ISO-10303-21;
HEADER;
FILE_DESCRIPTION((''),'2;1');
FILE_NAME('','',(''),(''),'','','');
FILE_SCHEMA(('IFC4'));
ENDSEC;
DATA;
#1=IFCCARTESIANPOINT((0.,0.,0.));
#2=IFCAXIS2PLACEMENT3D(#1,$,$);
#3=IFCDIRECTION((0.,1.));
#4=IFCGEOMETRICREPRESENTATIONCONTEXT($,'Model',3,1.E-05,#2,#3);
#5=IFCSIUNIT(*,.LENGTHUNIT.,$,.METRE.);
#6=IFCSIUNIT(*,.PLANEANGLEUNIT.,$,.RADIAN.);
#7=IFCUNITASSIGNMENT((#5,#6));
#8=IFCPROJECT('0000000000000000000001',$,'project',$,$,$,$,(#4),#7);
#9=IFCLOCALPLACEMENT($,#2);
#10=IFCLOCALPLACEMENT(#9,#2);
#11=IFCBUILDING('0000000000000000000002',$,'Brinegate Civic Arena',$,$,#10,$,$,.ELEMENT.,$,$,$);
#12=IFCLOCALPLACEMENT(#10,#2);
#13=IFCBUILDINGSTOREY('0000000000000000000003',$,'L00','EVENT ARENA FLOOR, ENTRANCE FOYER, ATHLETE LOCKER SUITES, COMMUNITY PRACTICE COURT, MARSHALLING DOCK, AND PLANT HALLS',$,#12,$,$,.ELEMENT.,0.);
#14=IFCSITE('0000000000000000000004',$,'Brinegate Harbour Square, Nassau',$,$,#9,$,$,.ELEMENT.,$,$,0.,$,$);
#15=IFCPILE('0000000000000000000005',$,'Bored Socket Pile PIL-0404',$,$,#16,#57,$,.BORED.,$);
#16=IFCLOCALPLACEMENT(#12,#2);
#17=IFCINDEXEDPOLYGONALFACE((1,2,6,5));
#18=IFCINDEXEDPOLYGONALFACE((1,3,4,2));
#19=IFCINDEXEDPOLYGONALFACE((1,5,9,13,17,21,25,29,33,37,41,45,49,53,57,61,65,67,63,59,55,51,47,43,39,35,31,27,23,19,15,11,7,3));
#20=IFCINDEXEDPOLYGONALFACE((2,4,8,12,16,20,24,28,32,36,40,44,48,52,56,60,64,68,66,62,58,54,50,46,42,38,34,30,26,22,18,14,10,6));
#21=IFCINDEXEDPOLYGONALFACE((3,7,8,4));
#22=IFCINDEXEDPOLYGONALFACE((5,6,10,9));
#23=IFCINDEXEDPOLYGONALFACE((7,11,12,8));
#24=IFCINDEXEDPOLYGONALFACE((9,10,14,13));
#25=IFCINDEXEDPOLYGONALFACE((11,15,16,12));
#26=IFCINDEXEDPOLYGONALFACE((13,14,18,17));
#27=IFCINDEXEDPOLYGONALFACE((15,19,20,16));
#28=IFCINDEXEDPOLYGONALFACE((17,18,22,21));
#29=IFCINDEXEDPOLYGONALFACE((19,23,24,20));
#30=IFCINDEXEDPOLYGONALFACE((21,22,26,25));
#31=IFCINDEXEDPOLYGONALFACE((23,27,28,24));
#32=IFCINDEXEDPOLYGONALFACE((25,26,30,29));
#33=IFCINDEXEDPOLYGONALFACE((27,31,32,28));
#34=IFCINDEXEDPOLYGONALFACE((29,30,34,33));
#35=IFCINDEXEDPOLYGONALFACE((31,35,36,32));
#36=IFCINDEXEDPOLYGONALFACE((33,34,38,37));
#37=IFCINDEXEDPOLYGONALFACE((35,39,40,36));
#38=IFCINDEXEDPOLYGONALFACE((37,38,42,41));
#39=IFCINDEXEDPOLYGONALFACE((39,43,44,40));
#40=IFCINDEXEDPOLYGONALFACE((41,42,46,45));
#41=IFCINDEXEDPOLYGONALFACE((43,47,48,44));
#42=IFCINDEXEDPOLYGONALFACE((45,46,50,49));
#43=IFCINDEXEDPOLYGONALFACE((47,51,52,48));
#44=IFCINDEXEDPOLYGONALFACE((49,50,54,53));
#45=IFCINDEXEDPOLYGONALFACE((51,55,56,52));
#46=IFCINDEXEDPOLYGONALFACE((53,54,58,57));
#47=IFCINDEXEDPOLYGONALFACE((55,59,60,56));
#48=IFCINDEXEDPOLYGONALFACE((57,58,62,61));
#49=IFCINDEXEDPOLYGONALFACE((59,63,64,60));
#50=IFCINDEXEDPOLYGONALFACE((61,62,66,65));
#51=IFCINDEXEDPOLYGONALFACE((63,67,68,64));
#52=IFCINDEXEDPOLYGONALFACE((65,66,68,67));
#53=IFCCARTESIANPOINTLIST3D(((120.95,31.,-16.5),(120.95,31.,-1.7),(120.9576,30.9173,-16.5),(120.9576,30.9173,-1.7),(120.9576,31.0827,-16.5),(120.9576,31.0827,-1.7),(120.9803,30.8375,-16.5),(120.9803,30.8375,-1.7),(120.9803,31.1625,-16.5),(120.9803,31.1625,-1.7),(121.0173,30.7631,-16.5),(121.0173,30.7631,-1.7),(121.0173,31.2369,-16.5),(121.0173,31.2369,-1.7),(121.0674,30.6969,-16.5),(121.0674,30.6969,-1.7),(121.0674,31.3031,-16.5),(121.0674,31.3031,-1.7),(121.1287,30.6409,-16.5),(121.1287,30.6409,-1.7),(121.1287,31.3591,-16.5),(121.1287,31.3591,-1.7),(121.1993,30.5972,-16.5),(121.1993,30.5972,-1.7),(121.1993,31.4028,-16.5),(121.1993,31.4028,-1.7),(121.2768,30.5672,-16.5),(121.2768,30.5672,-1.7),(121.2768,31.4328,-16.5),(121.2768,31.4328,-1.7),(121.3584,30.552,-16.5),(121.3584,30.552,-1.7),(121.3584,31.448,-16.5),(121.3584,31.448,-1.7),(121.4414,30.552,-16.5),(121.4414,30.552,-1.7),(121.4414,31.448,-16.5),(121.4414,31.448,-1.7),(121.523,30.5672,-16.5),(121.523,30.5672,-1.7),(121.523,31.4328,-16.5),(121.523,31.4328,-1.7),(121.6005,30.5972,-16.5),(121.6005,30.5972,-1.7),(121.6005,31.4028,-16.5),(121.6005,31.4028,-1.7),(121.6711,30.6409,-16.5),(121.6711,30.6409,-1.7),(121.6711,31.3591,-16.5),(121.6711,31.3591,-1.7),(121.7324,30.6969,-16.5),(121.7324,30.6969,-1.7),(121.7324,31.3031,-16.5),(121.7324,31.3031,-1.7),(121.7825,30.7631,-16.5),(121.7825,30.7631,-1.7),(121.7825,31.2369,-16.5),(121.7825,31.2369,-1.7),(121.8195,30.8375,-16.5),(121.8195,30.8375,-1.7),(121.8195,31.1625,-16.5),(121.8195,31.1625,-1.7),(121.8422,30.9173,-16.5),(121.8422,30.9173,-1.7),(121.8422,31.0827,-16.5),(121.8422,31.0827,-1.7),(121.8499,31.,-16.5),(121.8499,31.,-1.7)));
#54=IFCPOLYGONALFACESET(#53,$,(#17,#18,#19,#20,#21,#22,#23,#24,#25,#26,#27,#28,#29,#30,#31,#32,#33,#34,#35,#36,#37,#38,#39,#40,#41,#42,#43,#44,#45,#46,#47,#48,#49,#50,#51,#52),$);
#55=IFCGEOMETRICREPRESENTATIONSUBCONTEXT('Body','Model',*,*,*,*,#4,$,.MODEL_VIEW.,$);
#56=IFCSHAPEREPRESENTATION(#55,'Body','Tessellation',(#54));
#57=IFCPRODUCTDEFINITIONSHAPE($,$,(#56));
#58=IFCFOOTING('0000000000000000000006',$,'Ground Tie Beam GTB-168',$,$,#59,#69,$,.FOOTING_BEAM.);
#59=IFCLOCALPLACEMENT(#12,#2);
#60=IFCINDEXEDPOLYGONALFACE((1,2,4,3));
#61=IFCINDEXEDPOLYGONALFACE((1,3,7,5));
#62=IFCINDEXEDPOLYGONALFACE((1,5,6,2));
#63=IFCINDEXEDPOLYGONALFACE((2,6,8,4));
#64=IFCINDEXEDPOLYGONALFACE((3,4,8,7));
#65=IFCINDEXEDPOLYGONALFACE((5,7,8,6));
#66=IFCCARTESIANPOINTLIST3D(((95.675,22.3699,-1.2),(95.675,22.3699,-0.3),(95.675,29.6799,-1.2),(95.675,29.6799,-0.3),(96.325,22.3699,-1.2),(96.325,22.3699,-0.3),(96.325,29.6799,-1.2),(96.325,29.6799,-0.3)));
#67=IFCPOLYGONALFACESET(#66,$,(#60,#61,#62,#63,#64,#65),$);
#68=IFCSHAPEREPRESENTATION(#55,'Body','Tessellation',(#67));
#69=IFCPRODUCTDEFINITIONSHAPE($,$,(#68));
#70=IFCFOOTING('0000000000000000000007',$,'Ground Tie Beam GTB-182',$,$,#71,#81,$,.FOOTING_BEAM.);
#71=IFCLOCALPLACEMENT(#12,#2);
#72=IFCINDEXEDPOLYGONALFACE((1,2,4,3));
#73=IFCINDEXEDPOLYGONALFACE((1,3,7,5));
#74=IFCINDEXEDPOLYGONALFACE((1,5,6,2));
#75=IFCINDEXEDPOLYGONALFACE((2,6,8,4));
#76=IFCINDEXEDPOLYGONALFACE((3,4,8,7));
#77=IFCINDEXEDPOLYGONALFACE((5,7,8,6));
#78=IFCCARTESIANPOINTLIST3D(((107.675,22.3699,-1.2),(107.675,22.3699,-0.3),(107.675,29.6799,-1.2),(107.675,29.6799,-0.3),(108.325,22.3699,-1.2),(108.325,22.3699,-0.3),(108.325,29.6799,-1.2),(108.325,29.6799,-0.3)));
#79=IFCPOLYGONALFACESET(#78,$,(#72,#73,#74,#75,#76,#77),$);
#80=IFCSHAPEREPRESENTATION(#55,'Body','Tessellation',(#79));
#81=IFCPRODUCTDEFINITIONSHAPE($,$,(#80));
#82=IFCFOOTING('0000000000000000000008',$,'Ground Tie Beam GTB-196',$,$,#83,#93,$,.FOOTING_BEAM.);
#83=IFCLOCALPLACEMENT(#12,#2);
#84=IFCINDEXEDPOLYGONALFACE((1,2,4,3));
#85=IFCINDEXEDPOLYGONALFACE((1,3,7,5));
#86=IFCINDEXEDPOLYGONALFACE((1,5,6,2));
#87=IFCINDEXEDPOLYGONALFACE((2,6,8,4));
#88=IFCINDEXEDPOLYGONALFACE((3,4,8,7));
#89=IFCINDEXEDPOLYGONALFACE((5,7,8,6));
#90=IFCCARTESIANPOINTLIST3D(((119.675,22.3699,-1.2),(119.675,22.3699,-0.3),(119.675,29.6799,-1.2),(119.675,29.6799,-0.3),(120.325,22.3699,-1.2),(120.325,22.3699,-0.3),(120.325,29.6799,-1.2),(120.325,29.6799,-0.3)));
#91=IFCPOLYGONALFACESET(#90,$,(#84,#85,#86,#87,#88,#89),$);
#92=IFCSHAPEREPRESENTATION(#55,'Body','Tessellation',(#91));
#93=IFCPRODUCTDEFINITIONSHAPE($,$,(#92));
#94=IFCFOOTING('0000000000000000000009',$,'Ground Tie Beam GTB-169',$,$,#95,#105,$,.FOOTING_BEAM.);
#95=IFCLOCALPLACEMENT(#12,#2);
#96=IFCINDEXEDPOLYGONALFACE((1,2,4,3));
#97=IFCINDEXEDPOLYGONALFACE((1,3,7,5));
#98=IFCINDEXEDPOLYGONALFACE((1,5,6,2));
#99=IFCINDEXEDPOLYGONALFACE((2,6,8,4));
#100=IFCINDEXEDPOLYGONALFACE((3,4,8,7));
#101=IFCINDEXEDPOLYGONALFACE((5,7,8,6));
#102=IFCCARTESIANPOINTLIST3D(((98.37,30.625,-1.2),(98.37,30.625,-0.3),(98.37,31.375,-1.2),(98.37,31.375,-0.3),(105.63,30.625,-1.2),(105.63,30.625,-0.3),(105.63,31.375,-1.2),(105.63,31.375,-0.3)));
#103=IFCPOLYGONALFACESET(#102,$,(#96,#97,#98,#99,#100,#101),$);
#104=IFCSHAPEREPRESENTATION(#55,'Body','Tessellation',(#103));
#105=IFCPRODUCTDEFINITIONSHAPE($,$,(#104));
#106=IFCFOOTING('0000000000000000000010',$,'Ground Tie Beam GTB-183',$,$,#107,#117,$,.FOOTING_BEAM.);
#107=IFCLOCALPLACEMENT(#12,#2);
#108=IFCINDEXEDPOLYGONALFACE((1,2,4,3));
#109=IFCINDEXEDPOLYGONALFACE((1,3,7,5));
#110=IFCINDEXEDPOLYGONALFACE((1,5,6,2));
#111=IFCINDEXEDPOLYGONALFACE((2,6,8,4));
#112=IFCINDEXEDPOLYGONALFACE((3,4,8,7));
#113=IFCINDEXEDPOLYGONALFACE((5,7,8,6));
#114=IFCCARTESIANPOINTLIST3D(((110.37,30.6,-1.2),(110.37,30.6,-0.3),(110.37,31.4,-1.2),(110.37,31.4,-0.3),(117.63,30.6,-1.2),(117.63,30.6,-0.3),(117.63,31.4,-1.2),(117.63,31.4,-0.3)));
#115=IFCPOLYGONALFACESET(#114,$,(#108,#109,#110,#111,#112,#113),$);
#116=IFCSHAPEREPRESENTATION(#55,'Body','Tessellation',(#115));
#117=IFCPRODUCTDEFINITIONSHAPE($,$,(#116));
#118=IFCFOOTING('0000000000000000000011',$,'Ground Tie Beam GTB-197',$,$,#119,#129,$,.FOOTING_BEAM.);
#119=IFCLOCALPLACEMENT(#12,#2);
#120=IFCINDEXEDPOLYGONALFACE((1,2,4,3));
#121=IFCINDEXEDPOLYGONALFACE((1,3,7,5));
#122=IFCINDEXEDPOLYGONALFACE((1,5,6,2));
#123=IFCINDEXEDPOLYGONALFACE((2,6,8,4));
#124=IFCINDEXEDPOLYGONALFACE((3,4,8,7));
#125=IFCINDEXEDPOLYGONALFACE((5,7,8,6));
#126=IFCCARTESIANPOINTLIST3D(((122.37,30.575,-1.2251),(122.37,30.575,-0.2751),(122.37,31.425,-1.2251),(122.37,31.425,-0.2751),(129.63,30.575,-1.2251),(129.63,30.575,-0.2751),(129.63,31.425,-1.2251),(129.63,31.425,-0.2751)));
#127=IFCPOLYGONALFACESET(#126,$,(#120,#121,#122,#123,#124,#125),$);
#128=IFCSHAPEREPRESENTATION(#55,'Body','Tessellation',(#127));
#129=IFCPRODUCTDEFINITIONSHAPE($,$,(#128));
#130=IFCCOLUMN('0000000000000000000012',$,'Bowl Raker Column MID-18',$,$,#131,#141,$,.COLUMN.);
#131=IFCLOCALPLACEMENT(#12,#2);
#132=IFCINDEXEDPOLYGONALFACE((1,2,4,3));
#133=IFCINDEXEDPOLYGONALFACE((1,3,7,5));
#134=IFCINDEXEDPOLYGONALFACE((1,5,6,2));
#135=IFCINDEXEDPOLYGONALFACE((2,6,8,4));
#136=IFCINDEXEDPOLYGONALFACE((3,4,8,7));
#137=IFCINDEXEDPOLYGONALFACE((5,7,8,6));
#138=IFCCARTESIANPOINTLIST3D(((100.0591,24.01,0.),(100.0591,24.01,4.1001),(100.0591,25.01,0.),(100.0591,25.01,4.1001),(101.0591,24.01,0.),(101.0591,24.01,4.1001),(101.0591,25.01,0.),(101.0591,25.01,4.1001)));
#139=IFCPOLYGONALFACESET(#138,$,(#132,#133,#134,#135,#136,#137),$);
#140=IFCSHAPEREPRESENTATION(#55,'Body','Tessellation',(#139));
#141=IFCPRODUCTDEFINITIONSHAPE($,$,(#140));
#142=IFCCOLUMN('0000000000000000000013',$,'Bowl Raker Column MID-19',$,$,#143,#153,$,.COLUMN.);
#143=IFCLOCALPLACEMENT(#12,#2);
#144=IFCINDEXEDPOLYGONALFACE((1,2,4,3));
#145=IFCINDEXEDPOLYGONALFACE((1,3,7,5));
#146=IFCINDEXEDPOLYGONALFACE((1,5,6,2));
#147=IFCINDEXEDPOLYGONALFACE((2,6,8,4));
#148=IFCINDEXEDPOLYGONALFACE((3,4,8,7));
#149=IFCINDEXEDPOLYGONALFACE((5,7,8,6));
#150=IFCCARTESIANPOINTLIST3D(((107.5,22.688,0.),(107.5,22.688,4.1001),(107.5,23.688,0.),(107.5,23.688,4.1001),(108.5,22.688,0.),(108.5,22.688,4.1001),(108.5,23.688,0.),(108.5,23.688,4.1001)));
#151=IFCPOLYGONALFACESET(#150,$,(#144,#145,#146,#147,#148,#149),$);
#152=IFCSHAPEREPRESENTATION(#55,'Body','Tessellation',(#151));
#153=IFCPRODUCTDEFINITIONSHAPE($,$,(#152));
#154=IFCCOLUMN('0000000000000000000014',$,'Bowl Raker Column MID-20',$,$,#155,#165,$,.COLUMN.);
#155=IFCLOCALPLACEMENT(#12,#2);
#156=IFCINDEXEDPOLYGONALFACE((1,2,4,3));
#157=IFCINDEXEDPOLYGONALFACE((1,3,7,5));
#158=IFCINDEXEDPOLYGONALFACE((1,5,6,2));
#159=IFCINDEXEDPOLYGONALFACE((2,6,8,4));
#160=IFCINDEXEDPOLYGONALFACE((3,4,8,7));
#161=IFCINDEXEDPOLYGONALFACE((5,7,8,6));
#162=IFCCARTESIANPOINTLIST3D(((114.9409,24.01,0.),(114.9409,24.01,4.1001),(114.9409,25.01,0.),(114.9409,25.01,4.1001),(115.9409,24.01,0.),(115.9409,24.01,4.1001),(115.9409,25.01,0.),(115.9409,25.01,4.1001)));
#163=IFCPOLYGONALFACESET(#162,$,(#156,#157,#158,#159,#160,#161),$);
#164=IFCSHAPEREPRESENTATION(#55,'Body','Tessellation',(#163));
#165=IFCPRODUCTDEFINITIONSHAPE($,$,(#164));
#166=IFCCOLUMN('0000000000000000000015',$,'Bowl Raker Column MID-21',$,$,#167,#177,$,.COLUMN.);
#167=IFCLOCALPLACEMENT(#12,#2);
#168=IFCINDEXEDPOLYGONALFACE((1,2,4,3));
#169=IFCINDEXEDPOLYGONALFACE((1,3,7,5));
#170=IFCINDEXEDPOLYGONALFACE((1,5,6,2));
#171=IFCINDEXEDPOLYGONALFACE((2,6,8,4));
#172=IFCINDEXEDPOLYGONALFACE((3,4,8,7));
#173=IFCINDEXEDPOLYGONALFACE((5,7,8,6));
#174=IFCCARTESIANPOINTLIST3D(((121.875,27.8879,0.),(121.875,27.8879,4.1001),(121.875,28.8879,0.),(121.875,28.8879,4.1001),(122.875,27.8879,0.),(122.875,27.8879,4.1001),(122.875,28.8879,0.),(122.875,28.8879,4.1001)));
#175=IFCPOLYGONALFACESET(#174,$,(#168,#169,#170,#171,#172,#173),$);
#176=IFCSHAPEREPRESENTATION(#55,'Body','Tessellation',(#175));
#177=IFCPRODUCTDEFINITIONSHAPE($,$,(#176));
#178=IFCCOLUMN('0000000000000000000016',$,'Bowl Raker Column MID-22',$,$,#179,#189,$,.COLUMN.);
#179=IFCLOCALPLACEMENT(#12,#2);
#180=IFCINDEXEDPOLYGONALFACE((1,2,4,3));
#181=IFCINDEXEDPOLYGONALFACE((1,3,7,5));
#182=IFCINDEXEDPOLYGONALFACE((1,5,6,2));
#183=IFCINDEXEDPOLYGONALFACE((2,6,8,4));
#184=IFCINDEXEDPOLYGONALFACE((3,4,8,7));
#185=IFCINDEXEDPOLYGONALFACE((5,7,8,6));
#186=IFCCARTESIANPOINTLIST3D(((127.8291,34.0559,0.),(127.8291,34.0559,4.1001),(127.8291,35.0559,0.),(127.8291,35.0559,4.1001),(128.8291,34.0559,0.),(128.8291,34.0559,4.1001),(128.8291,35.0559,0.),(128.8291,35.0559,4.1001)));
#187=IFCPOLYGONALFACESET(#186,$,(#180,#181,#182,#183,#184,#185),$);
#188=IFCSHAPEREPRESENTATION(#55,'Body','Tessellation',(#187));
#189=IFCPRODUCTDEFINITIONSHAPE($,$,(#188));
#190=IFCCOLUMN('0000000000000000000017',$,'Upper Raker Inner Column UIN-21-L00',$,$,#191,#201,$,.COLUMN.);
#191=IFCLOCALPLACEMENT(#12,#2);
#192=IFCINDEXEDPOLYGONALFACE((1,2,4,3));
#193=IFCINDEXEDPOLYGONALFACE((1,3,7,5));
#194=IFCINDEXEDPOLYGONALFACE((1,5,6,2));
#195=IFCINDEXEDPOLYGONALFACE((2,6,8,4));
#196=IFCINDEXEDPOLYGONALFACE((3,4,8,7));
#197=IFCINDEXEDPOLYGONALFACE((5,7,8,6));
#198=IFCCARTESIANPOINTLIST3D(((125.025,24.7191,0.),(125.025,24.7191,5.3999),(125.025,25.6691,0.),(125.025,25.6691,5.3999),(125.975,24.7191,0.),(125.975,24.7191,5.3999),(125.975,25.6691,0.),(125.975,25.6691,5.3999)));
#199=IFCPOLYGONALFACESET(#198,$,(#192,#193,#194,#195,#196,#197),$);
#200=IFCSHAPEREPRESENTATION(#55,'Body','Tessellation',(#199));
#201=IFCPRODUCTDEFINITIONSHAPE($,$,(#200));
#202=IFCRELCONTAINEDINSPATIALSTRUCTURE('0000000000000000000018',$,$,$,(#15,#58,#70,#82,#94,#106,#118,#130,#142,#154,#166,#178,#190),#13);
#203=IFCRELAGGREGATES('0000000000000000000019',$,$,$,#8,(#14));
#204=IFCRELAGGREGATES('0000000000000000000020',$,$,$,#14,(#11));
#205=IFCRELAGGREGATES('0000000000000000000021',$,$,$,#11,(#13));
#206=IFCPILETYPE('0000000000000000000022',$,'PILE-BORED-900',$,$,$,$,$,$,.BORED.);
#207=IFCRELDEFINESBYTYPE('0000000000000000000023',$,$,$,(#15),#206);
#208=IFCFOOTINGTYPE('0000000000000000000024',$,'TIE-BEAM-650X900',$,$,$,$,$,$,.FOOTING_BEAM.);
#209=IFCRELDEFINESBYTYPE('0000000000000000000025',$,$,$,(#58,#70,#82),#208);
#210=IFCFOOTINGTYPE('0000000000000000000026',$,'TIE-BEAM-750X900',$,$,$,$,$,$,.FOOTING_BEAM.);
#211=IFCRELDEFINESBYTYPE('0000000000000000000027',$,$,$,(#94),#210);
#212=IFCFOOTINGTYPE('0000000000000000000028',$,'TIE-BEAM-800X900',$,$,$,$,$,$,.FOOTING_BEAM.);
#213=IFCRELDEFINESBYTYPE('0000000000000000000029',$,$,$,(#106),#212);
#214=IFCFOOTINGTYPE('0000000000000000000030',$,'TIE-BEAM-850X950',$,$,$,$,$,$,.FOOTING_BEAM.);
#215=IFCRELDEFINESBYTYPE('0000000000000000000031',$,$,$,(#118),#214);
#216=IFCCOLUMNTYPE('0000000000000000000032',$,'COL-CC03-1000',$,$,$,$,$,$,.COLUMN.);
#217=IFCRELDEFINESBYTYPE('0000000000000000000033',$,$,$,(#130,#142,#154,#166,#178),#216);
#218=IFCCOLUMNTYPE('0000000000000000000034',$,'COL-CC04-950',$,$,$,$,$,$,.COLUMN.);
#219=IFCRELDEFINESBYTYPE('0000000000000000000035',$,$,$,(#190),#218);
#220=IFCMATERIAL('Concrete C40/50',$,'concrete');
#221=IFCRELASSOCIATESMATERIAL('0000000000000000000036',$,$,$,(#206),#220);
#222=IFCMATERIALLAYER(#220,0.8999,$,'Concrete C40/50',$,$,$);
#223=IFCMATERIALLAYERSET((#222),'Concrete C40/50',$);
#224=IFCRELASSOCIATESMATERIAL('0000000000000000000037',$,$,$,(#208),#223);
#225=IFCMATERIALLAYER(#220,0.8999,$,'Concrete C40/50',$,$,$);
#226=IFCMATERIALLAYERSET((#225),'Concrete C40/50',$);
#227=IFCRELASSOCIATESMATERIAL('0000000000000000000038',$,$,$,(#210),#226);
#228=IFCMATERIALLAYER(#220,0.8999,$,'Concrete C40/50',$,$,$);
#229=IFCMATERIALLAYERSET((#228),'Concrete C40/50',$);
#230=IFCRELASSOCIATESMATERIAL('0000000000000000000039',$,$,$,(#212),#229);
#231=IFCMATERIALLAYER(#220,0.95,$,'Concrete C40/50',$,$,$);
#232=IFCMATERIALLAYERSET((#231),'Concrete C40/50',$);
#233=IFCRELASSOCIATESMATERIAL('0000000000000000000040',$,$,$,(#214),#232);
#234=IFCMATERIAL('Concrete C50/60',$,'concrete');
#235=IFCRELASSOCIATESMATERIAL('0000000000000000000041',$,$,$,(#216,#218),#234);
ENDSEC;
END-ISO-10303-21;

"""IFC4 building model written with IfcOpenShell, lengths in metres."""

from ifc_helpers import new_model, si_unit, direction, frame, origin, origin_2d, place, context, subcontext, project, spatial, rectangle, circle, extrude, material, layer, layer_set, material_profile, profile_set, type_object, element, save


model = new_model("IFC4")

# Units and contexts
model_context = context("Model", 3, precision=1e-05, world=origin(), true_north=direction((0.0, 1.0)))
body_context = subcontext(model_context, "Body", "Model", "MODEL_VIEW")
ifc_project = project(units=[si_unit("LENGTHUNIT", "METRE"), si_unit("PLANEANGLEUNIT", "RADIAN")], contexts=[model_context])

# Site, building, storey
site_placement = place(None, origin())
site = spatial("IfcSite", under=ifc_project, at=site_placement, Name="Brinegate Harbour Square, Nassau", CompositionType="ELEMENT", RefElevation=0.0)
building_placement = place(site_placement, origin())
building = spatial("IfcBuilding", under=site, at=building_placement, Name="Brinegate Civic Arena", CompositionType="ELEMENT")
storey_placement = place(building_placement, origin())
storey = spatial("IfcBuildingStorey", under=building, at=storey_placement, Name="L00", Description="EVENT ARENA FLOOR, ENTRANCE FOYER, ATHLETE LOCKER SUITES, COMMUNITY PRACTICE COURT, MARSHALLING DOCK, AND PLANT HALLS", CompositionType="ELEMENT", Elevation=0.0)

# Shared definitions
ifc_material_1 = material(Name="Concrete C40/50", Category="concrete")

# Pile
ifc_material_profile_1 = material_profile(ifc_material_1, circle(Radius=0.45, at=origin_2d()), Name="PILED900")
ifc_profile_set_1 = profile_set([ifc_material_profile_1], Name="Concrete C40/50")
pile_type_1 = type_object("IfcPileType", Name="PILE-BORED-900", PredefinedType="BORED", material=ifc_profile_set_1)
for number, where, z_axis, x_axis, name in (
    (1, (121.3999, 31.0, -1.7), (0.0, 0.0, -1.0), (1.0, 0.0, 0.0), "Bored Socket Pile PIL-0404"),
):
    element("IfcPile", number, at=place(storey_placement, frame(where, z_axis=z_axis, x_axis=x_axis)), inside=storey, type_object=pile_type_1, Name=name, PredefinedType="BORED", context=body_context, shape_type="SweptSolid", body=[
        extrude(circle(Radius=0.45, at=origin_2d()), origin(), (0.0, 0.0, 1.0), 14.8),
    ])

# Footings
ifc_layer_1 = layer(ifc_material_1, 0.8999, Name="Concrete C40/50")
ifc_layer_set_1 = layer_set([ifc_layer_1], Name="Concrete C40/50")
footing_type_1 = type_object("IfcFootingType", Name="TIE-BEAM-650X900", PredefinedType="FOOTING_BEAM", material=ifc_layer_set_1)
for number, where, z_axis, x_axis, name in (
    (2, (96.0, 26.0249, -1.2), (0.0, 0.0, 1.0), (0.0, 1.0, 0.0), "Ground Tie Beam GTB-168"),
    (3, (108.0, 26.0249, -1.2), (0.0, 0.0, 1.0), (0.0, 1.0, 0.0), "Ground Tie Beam GTB-182"),
    (4, (120.0, 26.0249, -1.2), (0.0, 0.0, 1.0), (0.0, 1.0, 0.0), "Ground Tie Beam GTB-196"),
):
    element("IfcFooting", number, at=place(storey_placement, frame(where, z_axis=z_axis, x_axis=x_axis)), inside=storey, type_object=footing_type_1, Name=name, PredefinedType="FOOTING_BEAM", context=body_context, shape_type="SweptSolid", body=[
        extrude(rectangle(XDim=7.3101, YDim=0.6499, at=origin_2d()), origin(), (0.0, 0.0, 1.0), 0.8999),
    ])
ifc_layer_2 = layer(ifc_material_1, 0.8999, Name="Concrete C40/50")
ifc_layer_set_2 = layer_set([ifc_layer_2], Name="Concrete C40/50")
footing_type_2 = type_object("IfcFootingType", Name="TIE-BEAM-750X900", PredefinedType="FOOTING_BEAM", material=ifc_layer_set_2)
footing_1_placement = place(storey_placement, frame((102.0, 31.0, -1.2), z_axis=(0.0, 0.0, 1.0), x_axis=(1.0, 0.0, 0.0)))
element("IfcFooting", 5, at=footing_1_placement, inside=storey, type_object=footing_type_2, Name="Ground Tie Beam GTB-169", PredefinedType="FOOTING_BEAM", context=body_context, shape_type="SweptSolid", body=[
    extrude(rectangle(XDim=7.26, YDim=0.75, at=origin_2d()), origin(), (0.0, 0.0, 1.0), 0.8999),
])
ifc_layer_3 = layer(ifc_material_1, 0.8999, Name="Concrete C40/50")
ifc_layer_set_3 = layer_set([ifc_layer_3], Name="Concrete C40/50")
footing_type_3 = type_object("IfcFootingType", Name="TIE-BEAM-800X900", PredefinedType="FOOTING_BEAM", material=ifc_layer_set_3)
footing_2_placement = place(storey_placement, frame((114.0, 31.0, -1.2), z_axis=(0.0, 0.0, 1.0), x_axis=(1.0, 0.0, 0.0)))
element("IfcFooting", 6, at=footing_2_placement, inside=storey, type_object=footing_type_3, Name="Ground Tie Beam GTB-183", PredefinedType="FOOTING_BEAM", context=body_context, shape_type="SweptSolid", body=[
    extrude(rectangle(XDim=7.26, YDim=0.8, at=origin_2d()), origin(), (0.0, 0.0, 1.0), 0.8999),
])
ifc_layer_4 = layer(ifc_material_1, 0.95, Name="Concrete C40/50")
ifc_layer_set_4 = layer_set([ifc_layer_4], Name="Concrete C40/50")
footing_type_4 = type_object("IfcFootingType", Name="TIE-BEAM-850X950", PredefinedType="FOOTING_BEAM", material=ifc_layer_set_4)
footing_3_placement = place(storey_placement, frame((126.0, 31.0, -1.2251), z_axis=(0.0, 0.0, 1.0), x_axis=(1.0, 0.0, 0.0)))
element("IfcFooting", 7, at=footing_3_placement, inside=storey, type_object=footing_type_4, Name="Ground Tie Beam GTB-197", PredefinedType="FOOTING_BEAM", context=body_context, shape_type="SweptSolid", body=[
    extrude(rectangle(XDim=7.26, YDim=0.8501, at=origin_2d()), origin(), (0.0, 0.0, 1.0), 0.95),
])

# Columns
ifc_material_2 = material(Name="Concrete C50/60", Category="concrete")
ifc_material_profile_2 = material_profile(ifc_material_2, rectangle(XDim=1.0, YDim=1.0, at=origin_2d()), Name="RC1000X1000")
ifc_profile_set_2 = profile_set([ifc_material_profile_2], Name="Concrete C50/60")
column_type_1 = type_object("IfcColumnType", Name="COL-CC03-1000", PredefinedType="COLUMN", material=ifc_profile_set_2)
for number, where, z_axis, x_axis, name in (
    (8, (100.5591, 24.51, 0.0), (0.0, 0.0, 1.0), (1.0, 0.0, 0.0), "Bowl Raker Column MID-18"),
    (9, (108.0, 23.188, 0.0), (0.0, 0.0, 1.0), (1.0, 0.0, 0.0), "Bowl Raker Column MID-19"),
    (10, (115.4409, 24.51, 0.0), (0.0, 0.0, 1.0), (1.0, 0.0, 0.0), "Bowl Raker Column MID-20"),
    (11, (122.375, 28.3879, 0.0), (0.0, 0.0, 1.0), (1.0, 0.0, 0.0), "Bowl Raker Column MID-21"),
    (12, (128.3291, 34.5559, 0.0), (0.0, 0.0, 1.0), (1.0, 0.0, 0.0), "Bowl Raker Column MID-22"),
):
    element("IfcColumn", number, at=place(storey_placement, frame(where, z_axis=z_axis, x_axis=x_axis)), inside=storey, type_object=column_type_1, Name=name, PredefinedType="COLUMN", context=body_context, shape_type="SweptSolid", body=[
        extrude(rectangle(XDim=1.0, YDim=1.0, at=origin_2d()), origin(), (0.0, 0.0, 1.0), 4.1001),
    ])
ifc_material_profile_3 = material_profile(ifc_material_2, rectangle(XDim=0.95, YDim=0.95, at=origin_2d()), Name="RC950X950")
ifc_profile_set_3 = profile_set([ifc_material_profile_3], Name="Concrete C50/60")
column_type_2 = type_object("IfcColumnType", Name="COL-CC04-950", PredefinedType="COLUMN", material=ifc_profile_set_3)
column_placement = place(storey_placement, frame((125.5, 25.1941, 0.0), z_axis=(0.0, 0.0, 1.0), x_axis=(1.0, 0.0, 0.0)))
element("IfcColumn", 13, at=column_placement, inside=storey, type_object=column_type_2, Name="Upper Raker Inner Column UIN-21-L00", PredefinedType="COLUMN", context=body_context, shape_type="SweptSolid", body=[
    extrude(rectangle(XDim=0.95, YDim=0.95, at=origin_2d()), origin(), (0.0, 0.0, 1.0), 5.3999),
])

save(model, "model.ifc")
